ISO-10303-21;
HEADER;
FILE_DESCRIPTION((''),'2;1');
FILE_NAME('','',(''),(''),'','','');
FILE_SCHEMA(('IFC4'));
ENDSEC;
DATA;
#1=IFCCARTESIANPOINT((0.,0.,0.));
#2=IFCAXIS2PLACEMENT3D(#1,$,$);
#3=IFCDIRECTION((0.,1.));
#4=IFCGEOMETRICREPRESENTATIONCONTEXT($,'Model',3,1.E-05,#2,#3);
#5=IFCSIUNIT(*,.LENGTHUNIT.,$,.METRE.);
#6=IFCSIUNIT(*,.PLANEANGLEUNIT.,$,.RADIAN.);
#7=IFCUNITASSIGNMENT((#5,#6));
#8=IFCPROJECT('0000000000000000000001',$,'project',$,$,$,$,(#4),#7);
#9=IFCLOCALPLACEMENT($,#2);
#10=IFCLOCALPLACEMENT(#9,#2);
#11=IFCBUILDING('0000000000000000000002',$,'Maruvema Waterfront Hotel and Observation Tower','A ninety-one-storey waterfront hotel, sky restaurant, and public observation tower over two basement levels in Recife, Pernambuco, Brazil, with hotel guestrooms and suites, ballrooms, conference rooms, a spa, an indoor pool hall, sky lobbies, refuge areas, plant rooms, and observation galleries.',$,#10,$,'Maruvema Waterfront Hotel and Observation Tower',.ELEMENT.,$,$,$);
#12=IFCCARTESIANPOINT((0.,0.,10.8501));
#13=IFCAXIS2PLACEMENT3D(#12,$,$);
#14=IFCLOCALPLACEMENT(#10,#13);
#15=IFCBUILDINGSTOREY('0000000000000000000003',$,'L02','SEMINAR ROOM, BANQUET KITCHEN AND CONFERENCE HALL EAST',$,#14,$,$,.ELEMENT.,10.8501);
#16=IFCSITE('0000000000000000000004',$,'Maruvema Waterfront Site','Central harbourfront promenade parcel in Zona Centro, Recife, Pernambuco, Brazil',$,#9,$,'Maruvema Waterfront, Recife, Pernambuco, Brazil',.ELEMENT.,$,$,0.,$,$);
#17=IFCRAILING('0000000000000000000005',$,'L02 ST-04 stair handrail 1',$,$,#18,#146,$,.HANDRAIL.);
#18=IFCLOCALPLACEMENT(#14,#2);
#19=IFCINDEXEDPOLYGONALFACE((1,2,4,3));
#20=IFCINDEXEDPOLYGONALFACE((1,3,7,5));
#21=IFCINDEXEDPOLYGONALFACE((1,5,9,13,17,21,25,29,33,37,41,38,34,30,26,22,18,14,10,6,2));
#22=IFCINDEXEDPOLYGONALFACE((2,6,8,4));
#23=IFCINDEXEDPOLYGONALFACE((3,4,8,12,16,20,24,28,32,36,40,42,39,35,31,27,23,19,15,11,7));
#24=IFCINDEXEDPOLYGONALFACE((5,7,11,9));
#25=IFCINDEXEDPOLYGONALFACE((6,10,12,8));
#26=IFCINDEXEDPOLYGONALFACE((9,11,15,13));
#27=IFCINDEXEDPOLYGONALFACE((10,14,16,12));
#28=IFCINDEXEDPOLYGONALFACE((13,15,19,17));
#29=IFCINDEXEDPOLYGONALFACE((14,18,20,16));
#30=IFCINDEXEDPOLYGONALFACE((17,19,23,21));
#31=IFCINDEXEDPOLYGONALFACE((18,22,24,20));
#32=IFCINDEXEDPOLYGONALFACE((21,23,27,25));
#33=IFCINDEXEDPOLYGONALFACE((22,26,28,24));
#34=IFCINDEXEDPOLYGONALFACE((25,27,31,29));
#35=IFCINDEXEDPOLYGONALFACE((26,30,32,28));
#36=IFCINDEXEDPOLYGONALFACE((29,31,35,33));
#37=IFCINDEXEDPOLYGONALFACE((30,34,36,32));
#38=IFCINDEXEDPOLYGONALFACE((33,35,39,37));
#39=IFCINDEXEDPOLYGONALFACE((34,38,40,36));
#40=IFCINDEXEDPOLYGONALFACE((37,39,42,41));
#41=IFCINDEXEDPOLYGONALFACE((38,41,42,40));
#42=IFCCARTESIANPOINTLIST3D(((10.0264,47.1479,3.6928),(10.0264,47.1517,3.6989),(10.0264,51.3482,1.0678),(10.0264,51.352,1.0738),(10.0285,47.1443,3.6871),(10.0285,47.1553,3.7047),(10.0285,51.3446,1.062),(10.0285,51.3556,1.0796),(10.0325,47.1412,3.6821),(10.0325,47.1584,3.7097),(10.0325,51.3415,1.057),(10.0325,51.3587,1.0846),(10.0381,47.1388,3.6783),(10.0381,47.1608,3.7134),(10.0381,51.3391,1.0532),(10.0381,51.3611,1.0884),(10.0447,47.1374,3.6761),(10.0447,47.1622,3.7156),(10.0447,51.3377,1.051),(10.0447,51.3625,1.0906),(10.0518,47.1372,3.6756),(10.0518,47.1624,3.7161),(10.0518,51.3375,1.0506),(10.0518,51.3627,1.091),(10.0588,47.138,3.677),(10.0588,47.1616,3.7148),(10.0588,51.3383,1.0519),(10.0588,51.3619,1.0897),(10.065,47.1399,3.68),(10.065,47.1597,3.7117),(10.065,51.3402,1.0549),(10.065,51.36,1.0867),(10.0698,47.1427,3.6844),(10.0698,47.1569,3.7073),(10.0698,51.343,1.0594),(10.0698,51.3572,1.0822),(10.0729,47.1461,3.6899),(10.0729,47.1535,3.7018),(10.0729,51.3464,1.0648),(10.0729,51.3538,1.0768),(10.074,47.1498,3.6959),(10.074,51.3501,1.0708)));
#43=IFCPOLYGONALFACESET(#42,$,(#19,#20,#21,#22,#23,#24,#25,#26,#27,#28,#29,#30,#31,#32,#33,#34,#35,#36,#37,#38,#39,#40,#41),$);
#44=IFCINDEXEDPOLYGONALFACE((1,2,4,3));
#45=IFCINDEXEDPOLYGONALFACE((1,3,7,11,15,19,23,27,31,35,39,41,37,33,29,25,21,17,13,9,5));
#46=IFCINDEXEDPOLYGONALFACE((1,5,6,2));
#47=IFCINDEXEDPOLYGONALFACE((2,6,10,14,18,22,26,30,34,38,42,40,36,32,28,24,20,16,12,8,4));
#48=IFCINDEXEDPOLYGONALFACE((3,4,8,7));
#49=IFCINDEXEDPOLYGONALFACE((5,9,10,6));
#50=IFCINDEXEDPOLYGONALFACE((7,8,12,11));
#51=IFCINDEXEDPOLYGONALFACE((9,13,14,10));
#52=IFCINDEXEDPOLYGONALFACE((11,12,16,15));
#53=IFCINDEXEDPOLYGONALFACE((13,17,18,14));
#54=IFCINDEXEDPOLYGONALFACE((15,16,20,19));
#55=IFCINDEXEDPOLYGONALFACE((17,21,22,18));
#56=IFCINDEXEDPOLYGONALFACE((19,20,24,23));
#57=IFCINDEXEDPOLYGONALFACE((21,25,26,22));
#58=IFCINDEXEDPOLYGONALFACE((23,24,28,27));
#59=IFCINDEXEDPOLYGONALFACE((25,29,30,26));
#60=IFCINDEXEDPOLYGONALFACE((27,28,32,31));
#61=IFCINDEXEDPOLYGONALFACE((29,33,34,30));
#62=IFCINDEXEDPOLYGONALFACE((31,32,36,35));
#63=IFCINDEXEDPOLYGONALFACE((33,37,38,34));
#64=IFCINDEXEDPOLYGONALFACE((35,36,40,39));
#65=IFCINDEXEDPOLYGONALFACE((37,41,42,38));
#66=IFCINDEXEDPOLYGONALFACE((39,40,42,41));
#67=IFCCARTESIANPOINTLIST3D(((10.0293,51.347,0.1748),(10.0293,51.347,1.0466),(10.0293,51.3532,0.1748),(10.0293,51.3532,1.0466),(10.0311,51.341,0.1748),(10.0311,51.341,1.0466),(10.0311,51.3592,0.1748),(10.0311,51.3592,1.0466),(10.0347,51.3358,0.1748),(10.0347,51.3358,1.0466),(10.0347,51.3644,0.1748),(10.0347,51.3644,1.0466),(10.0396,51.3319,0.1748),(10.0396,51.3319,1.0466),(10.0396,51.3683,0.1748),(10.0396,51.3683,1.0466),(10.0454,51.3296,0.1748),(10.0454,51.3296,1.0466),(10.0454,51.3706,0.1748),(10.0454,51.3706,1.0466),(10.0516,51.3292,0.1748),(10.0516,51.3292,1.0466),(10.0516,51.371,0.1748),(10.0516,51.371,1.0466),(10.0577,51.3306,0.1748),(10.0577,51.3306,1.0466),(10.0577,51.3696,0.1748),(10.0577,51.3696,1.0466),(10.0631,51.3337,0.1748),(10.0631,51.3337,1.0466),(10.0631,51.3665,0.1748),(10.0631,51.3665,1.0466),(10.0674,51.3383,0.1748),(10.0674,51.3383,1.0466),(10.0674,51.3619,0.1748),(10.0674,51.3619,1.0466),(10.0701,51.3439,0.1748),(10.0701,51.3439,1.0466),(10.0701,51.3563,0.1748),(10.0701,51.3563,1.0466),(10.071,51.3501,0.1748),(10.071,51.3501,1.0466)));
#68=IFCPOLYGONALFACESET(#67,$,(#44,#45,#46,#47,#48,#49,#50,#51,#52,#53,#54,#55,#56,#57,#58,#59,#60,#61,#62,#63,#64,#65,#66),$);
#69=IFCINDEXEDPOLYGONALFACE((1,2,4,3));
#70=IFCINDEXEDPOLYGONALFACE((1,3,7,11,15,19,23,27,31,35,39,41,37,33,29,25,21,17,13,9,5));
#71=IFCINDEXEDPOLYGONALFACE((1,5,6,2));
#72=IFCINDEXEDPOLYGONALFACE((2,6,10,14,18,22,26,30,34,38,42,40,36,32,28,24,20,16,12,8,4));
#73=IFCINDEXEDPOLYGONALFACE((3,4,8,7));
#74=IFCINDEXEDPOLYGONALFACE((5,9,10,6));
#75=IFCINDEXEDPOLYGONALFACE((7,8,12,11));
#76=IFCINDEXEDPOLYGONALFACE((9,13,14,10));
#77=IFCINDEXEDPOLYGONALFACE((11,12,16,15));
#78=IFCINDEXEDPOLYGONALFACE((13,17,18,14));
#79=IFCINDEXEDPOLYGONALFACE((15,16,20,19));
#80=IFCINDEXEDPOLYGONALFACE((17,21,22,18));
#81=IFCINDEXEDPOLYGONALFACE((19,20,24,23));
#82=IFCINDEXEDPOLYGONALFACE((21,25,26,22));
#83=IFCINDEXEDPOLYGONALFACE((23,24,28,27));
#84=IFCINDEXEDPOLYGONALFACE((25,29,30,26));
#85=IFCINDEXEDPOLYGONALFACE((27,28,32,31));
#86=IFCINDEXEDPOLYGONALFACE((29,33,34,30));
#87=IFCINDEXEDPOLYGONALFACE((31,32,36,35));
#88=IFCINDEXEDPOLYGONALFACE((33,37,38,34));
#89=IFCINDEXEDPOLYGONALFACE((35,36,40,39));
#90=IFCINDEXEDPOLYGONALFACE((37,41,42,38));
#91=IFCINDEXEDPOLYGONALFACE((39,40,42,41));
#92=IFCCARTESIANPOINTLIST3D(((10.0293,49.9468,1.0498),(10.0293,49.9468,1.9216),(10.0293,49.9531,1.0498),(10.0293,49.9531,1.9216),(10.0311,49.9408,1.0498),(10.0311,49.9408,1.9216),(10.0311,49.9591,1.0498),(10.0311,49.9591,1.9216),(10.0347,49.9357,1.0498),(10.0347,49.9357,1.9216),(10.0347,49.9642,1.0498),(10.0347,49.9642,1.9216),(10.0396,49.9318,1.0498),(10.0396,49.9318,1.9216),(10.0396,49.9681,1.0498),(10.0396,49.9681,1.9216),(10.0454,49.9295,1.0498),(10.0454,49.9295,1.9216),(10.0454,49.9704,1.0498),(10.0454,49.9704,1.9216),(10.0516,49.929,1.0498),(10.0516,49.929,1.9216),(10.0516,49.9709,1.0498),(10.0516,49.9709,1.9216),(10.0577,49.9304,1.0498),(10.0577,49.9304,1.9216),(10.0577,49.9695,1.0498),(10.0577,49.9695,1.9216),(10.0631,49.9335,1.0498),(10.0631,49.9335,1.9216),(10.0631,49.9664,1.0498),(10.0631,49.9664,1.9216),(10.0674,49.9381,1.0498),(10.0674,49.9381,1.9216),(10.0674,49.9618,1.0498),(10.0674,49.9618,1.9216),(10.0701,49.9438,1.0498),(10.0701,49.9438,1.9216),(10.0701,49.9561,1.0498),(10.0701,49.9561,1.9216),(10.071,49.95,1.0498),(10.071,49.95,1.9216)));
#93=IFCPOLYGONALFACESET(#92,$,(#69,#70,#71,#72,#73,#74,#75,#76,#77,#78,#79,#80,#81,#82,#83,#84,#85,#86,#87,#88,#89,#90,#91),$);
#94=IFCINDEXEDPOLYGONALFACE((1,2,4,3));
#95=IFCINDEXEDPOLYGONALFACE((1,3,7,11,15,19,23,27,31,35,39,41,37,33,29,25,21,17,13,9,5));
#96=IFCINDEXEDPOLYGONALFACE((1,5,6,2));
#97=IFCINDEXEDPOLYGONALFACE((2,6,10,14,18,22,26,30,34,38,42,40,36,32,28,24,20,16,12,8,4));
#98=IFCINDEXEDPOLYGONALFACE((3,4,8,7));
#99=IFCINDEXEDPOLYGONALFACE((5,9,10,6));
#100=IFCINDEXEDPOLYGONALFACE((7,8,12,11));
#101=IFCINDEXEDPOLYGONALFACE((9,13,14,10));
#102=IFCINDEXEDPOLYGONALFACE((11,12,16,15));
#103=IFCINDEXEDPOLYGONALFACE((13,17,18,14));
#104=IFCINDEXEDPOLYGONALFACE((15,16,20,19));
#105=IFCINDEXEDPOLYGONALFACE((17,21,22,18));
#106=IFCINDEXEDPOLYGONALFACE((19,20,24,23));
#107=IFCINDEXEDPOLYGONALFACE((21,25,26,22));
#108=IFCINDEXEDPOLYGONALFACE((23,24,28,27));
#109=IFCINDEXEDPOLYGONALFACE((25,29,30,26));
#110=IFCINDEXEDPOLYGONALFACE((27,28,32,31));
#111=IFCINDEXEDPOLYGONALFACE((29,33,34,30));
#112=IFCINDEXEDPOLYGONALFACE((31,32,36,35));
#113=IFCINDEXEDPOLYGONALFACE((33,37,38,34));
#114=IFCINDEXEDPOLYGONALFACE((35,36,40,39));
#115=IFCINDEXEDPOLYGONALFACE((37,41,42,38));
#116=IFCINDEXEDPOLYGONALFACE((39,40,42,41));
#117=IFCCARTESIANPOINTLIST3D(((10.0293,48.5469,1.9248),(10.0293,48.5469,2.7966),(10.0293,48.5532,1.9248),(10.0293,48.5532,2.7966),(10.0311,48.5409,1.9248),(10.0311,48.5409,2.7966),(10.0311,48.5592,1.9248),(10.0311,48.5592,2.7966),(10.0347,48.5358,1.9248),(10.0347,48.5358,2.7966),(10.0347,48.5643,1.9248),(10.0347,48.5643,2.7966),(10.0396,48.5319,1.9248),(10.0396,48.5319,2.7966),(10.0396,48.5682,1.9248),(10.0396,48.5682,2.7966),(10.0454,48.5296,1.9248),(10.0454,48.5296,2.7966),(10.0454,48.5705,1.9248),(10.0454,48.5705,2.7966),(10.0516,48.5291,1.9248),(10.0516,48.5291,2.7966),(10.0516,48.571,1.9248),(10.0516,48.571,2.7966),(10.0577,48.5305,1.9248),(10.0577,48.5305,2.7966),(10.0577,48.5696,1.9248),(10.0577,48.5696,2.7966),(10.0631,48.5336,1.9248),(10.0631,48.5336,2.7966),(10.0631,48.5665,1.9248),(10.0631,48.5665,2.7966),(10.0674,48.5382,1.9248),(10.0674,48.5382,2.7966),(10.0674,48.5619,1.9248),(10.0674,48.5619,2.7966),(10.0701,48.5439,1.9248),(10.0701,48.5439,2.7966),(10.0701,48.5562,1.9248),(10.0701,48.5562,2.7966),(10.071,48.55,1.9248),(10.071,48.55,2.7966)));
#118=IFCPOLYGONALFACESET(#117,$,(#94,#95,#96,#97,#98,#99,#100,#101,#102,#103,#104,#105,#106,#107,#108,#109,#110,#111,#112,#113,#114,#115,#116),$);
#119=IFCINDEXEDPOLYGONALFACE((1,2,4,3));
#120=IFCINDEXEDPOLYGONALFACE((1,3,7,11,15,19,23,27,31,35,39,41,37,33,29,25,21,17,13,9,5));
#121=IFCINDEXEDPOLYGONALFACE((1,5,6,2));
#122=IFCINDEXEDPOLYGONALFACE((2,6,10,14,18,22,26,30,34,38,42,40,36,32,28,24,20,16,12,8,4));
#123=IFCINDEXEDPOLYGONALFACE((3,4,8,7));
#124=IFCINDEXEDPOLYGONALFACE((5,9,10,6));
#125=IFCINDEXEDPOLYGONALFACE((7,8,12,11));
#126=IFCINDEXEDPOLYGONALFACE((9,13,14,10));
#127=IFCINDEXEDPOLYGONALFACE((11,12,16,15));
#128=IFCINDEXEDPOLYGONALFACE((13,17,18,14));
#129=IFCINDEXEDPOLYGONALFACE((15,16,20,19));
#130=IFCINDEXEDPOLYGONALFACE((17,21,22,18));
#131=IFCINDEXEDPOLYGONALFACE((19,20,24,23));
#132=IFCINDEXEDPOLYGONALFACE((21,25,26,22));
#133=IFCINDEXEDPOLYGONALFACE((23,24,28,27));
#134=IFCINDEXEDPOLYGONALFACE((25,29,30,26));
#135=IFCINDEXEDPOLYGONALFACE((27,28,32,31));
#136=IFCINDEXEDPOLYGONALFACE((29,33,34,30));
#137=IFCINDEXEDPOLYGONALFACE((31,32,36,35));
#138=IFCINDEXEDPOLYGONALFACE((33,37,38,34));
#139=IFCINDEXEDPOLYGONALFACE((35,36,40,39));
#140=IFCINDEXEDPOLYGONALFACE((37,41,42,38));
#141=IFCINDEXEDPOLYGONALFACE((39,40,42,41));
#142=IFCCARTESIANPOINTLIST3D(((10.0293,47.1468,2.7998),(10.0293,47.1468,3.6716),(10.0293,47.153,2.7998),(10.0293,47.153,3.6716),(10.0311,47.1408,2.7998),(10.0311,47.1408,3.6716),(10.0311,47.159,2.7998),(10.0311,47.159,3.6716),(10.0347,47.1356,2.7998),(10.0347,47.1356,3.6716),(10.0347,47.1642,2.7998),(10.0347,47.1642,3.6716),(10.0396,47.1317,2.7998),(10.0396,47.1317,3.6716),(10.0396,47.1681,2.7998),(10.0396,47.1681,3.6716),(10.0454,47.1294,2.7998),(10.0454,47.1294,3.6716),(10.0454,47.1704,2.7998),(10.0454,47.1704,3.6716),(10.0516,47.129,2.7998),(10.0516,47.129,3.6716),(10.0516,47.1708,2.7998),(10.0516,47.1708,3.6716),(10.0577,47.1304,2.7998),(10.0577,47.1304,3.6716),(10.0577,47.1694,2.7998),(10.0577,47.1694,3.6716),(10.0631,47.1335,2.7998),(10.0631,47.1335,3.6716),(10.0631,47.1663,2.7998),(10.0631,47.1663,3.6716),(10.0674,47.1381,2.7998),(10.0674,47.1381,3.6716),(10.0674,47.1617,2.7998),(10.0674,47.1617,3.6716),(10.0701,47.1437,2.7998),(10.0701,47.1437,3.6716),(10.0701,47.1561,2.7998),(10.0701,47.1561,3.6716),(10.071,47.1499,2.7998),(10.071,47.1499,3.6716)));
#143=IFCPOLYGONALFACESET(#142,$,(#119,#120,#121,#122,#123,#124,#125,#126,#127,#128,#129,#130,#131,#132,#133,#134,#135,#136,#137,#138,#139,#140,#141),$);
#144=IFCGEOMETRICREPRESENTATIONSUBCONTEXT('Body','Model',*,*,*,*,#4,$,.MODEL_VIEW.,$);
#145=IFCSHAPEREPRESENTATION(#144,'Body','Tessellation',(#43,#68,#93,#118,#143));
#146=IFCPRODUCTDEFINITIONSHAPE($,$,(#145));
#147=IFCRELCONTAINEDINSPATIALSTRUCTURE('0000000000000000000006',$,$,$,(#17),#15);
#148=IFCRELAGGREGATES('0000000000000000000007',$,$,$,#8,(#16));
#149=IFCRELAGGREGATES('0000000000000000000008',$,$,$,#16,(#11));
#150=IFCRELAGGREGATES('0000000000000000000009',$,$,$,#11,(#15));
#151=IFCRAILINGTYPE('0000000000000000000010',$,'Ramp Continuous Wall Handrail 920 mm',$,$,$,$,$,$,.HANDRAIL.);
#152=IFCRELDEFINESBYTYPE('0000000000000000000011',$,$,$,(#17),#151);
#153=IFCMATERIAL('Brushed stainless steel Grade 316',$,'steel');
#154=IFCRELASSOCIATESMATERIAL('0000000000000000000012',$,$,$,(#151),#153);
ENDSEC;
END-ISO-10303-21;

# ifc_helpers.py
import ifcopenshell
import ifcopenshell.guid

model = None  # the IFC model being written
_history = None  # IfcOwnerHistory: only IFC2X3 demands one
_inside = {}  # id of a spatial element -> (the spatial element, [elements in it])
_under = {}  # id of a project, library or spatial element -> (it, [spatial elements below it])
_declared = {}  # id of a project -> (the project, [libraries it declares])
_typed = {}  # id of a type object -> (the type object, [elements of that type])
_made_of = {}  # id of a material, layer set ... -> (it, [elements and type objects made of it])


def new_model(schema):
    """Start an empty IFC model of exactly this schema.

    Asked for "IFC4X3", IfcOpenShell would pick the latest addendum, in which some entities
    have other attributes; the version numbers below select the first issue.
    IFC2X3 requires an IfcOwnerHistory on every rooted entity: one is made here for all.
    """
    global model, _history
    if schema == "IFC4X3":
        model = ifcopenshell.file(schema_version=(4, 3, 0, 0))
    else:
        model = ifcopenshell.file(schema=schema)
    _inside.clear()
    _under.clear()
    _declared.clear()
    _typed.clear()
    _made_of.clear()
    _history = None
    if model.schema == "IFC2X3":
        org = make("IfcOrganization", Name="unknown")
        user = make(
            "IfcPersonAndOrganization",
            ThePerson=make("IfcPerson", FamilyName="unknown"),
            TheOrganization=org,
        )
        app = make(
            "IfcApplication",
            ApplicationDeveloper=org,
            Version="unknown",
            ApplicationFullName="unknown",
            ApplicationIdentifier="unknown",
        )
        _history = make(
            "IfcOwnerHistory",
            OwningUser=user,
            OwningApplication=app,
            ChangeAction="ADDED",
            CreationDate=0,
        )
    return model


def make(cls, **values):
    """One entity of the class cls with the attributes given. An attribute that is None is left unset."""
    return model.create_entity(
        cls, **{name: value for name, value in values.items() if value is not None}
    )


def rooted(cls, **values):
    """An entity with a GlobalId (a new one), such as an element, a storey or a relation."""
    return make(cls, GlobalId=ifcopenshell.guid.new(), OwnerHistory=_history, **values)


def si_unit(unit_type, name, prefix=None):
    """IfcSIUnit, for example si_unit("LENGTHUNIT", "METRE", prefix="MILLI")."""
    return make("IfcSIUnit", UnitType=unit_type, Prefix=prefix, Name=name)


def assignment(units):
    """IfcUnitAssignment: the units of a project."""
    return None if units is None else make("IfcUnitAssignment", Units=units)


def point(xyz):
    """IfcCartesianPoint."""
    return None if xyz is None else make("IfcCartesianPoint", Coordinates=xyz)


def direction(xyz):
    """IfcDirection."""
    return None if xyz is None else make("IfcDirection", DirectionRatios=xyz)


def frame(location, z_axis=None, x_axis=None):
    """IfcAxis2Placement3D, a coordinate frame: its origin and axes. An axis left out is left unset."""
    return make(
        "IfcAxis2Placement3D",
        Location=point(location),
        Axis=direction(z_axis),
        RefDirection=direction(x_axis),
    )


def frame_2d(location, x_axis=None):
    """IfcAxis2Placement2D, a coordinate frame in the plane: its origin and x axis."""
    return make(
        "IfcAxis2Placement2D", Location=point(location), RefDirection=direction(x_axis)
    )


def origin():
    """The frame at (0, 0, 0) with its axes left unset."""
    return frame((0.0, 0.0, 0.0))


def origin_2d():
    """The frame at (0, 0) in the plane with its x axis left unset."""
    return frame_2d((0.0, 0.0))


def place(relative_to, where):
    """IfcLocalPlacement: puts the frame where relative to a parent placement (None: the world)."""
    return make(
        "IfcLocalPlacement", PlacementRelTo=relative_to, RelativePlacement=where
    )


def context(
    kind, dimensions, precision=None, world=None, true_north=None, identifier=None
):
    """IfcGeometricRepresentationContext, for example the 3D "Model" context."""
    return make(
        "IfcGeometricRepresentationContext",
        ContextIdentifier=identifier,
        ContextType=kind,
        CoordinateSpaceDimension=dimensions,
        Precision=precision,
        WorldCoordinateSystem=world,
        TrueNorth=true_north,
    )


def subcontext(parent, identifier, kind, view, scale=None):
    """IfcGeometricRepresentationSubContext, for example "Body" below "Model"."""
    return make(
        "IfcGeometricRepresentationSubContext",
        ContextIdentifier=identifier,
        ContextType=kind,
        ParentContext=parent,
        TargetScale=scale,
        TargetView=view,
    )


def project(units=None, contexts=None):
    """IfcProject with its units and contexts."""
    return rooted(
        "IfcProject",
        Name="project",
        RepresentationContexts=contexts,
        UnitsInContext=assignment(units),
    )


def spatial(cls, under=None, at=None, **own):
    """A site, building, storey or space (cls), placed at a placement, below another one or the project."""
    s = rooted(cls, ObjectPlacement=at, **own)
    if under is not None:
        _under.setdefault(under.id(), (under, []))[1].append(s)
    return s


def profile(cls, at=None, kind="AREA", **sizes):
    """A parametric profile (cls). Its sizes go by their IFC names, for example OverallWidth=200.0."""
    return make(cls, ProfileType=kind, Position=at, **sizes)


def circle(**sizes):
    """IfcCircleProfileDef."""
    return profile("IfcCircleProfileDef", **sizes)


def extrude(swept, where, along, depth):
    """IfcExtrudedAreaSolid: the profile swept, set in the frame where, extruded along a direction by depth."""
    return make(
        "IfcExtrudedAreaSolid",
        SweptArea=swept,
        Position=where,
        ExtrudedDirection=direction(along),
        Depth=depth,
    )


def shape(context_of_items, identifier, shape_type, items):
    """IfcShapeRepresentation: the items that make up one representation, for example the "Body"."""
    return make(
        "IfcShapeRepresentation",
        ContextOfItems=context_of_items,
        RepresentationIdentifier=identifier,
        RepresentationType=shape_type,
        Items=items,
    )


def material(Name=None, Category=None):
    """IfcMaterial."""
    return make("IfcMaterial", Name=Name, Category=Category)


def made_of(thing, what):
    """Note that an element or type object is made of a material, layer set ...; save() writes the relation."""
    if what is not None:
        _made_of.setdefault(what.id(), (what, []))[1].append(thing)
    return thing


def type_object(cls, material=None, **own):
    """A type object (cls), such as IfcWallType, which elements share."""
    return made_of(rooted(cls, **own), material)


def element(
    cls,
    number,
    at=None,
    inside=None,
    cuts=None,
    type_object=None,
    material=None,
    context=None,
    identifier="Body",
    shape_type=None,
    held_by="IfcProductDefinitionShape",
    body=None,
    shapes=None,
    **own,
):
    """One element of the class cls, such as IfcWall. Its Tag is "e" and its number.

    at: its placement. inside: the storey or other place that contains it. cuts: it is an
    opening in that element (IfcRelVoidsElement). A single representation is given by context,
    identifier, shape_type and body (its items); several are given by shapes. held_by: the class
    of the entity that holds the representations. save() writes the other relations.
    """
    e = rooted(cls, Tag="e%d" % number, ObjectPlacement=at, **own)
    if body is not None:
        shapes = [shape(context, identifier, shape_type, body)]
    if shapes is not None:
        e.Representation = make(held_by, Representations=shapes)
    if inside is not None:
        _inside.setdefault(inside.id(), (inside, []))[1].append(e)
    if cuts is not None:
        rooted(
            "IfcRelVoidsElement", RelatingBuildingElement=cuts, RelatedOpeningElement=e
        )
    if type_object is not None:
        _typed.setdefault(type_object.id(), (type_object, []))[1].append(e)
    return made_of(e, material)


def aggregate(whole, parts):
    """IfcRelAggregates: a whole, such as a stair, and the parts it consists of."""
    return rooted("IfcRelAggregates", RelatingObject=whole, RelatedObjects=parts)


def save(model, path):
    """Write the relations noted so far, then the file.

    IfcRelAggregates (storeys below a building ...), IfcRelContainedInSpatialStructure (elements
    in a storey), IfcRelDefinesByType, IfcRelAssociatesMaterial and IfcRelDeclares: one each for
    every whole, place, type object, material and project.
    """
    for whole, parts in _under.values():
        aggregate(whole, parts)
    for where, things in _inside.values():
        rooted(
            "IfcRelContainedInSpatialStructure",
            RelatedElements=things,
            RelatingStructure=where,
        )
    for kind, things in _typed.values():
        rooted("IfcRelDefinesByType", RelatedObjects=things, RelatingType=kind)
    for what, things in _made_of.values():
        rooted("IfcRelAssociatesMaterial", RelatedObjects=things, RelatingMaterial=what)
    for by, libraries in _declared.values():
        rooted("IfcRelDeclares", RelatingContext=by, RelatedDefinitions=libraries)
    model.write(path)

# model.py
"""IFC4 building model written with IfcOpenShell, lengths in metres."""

from ifc_helpers import new_model, si_unit, direction, frame, origin, origin_2d, place, context, subcontext, project, spatial, circle, extrude, material, type_object, element, save


model = new_model("IFC4")

# Units and contexts
model_context = context("Model", 3, precision=1e-05, world=origin(), true_north=direction((0.0, 1.0)))
body_context = subcontext(model_context, "Body", "Model", "MODEL_VIEW")
ifc_project = project(units=[si_unit("LENGTHUNIT", "METRE"), si_unit("PLANEANGLEUNIT", "RADIAN")], contexts=[model_context])

# Site, building, storey
site_placement = place(None, origin())
site = spatial("IfcSite", under=ifc_project, at=site_placement, Name="Maruvema Waterfront Site", Description="Central harbourfront promenade parcel in Zona Centro, Recife, Pernambuco, Brazil", LongName="Maruvema Waterfront, Recife, Pernambuco, Brazil", CompositionType="ELEMENT", RefElevation=0.0)
building_placement = place(site_placement, origin())
building = spatial("IfcBuilding", under=site, at=building_placement, Name="Maruvema Waterfront Hotel and Observation Tower", Description="A ninety-one-storey waterfront hotel, sky restaurant, and public observation tower over two basement levels in Recife, Pernambuco, Brazil, with hotel guestrooms and suites, ballrooms, conference rooms, a spa, an indoor pool hall, sky lobbies, refuge areas, plant rooms, and observation galleries.", LongName="Maruvema Waterfront Hotel and Observation Tower", CompositionType="ELEMENT")
storey_placement = place(building_placement, frame((0.0, 0.0, 10.8501)))
storey = spatial("IfcBuildingStorey", under=building, at=storey_placement, Name="L02", Description="SEMINAR ROOM, BANQUET KITCHEN AND CONFERENCE HALL EAST", CompositionType="ELEMENT", Elevation=10.8501)

# Railing
ifc_material_1 = material(Name="Brushed stainless steel Grade 316", Category="steel")
railing_type_1 = type_object("IfcRailingType", Name="Ramp Continuous Wall Handrail 920 mm", PredefinedType="HANDRAIL", material=ifc_material_1)
railing_1_placement = place(storey_placement, frame((10.05, 51.3501, 0.1748)))
element("IfcRailing", 1, at=railing_1_placement, inside=storey, type_object=railing_type_1, Name="L02 ST-04 stair handrail 1", PredefinedType="HANDRAIL", context=body_context, shape_type="SweptSolid", body=[
    extrude(circle(Radius=0.0239, at=origin_2d()), frame((0.0, 0.0, 0.896), z_axis=(0.0, -0.848009, 0.529981), x_axis=(1.0, 0.0, 0.0)), (0.0, 0.0, 1.0), 4.9531),
    extrude(circle(Radius=0.021, at=origin_2d()), origin(), (0.0, 0.0, 1.0), 0.8718),
    extrude(circle(Radius=0.021, at=origin_2d()), frame((0.0, -1.4001, 0.875)), (0.0, 0.0, 1.0), 0.8718),
    extrude(circle(Radius=0.021, at=origin_2d()), frame((0.0, -2.8, 1.75)), (0.0, 0.0, 1.0), 0.8718),
    extrude(circle(Radius=0.021, at=origin_2d()), frame((0.0, -4.2002, 2.625)), (0.0, 0.0, 1.0), 0.8718),
])

save(model, "model.ifc")
